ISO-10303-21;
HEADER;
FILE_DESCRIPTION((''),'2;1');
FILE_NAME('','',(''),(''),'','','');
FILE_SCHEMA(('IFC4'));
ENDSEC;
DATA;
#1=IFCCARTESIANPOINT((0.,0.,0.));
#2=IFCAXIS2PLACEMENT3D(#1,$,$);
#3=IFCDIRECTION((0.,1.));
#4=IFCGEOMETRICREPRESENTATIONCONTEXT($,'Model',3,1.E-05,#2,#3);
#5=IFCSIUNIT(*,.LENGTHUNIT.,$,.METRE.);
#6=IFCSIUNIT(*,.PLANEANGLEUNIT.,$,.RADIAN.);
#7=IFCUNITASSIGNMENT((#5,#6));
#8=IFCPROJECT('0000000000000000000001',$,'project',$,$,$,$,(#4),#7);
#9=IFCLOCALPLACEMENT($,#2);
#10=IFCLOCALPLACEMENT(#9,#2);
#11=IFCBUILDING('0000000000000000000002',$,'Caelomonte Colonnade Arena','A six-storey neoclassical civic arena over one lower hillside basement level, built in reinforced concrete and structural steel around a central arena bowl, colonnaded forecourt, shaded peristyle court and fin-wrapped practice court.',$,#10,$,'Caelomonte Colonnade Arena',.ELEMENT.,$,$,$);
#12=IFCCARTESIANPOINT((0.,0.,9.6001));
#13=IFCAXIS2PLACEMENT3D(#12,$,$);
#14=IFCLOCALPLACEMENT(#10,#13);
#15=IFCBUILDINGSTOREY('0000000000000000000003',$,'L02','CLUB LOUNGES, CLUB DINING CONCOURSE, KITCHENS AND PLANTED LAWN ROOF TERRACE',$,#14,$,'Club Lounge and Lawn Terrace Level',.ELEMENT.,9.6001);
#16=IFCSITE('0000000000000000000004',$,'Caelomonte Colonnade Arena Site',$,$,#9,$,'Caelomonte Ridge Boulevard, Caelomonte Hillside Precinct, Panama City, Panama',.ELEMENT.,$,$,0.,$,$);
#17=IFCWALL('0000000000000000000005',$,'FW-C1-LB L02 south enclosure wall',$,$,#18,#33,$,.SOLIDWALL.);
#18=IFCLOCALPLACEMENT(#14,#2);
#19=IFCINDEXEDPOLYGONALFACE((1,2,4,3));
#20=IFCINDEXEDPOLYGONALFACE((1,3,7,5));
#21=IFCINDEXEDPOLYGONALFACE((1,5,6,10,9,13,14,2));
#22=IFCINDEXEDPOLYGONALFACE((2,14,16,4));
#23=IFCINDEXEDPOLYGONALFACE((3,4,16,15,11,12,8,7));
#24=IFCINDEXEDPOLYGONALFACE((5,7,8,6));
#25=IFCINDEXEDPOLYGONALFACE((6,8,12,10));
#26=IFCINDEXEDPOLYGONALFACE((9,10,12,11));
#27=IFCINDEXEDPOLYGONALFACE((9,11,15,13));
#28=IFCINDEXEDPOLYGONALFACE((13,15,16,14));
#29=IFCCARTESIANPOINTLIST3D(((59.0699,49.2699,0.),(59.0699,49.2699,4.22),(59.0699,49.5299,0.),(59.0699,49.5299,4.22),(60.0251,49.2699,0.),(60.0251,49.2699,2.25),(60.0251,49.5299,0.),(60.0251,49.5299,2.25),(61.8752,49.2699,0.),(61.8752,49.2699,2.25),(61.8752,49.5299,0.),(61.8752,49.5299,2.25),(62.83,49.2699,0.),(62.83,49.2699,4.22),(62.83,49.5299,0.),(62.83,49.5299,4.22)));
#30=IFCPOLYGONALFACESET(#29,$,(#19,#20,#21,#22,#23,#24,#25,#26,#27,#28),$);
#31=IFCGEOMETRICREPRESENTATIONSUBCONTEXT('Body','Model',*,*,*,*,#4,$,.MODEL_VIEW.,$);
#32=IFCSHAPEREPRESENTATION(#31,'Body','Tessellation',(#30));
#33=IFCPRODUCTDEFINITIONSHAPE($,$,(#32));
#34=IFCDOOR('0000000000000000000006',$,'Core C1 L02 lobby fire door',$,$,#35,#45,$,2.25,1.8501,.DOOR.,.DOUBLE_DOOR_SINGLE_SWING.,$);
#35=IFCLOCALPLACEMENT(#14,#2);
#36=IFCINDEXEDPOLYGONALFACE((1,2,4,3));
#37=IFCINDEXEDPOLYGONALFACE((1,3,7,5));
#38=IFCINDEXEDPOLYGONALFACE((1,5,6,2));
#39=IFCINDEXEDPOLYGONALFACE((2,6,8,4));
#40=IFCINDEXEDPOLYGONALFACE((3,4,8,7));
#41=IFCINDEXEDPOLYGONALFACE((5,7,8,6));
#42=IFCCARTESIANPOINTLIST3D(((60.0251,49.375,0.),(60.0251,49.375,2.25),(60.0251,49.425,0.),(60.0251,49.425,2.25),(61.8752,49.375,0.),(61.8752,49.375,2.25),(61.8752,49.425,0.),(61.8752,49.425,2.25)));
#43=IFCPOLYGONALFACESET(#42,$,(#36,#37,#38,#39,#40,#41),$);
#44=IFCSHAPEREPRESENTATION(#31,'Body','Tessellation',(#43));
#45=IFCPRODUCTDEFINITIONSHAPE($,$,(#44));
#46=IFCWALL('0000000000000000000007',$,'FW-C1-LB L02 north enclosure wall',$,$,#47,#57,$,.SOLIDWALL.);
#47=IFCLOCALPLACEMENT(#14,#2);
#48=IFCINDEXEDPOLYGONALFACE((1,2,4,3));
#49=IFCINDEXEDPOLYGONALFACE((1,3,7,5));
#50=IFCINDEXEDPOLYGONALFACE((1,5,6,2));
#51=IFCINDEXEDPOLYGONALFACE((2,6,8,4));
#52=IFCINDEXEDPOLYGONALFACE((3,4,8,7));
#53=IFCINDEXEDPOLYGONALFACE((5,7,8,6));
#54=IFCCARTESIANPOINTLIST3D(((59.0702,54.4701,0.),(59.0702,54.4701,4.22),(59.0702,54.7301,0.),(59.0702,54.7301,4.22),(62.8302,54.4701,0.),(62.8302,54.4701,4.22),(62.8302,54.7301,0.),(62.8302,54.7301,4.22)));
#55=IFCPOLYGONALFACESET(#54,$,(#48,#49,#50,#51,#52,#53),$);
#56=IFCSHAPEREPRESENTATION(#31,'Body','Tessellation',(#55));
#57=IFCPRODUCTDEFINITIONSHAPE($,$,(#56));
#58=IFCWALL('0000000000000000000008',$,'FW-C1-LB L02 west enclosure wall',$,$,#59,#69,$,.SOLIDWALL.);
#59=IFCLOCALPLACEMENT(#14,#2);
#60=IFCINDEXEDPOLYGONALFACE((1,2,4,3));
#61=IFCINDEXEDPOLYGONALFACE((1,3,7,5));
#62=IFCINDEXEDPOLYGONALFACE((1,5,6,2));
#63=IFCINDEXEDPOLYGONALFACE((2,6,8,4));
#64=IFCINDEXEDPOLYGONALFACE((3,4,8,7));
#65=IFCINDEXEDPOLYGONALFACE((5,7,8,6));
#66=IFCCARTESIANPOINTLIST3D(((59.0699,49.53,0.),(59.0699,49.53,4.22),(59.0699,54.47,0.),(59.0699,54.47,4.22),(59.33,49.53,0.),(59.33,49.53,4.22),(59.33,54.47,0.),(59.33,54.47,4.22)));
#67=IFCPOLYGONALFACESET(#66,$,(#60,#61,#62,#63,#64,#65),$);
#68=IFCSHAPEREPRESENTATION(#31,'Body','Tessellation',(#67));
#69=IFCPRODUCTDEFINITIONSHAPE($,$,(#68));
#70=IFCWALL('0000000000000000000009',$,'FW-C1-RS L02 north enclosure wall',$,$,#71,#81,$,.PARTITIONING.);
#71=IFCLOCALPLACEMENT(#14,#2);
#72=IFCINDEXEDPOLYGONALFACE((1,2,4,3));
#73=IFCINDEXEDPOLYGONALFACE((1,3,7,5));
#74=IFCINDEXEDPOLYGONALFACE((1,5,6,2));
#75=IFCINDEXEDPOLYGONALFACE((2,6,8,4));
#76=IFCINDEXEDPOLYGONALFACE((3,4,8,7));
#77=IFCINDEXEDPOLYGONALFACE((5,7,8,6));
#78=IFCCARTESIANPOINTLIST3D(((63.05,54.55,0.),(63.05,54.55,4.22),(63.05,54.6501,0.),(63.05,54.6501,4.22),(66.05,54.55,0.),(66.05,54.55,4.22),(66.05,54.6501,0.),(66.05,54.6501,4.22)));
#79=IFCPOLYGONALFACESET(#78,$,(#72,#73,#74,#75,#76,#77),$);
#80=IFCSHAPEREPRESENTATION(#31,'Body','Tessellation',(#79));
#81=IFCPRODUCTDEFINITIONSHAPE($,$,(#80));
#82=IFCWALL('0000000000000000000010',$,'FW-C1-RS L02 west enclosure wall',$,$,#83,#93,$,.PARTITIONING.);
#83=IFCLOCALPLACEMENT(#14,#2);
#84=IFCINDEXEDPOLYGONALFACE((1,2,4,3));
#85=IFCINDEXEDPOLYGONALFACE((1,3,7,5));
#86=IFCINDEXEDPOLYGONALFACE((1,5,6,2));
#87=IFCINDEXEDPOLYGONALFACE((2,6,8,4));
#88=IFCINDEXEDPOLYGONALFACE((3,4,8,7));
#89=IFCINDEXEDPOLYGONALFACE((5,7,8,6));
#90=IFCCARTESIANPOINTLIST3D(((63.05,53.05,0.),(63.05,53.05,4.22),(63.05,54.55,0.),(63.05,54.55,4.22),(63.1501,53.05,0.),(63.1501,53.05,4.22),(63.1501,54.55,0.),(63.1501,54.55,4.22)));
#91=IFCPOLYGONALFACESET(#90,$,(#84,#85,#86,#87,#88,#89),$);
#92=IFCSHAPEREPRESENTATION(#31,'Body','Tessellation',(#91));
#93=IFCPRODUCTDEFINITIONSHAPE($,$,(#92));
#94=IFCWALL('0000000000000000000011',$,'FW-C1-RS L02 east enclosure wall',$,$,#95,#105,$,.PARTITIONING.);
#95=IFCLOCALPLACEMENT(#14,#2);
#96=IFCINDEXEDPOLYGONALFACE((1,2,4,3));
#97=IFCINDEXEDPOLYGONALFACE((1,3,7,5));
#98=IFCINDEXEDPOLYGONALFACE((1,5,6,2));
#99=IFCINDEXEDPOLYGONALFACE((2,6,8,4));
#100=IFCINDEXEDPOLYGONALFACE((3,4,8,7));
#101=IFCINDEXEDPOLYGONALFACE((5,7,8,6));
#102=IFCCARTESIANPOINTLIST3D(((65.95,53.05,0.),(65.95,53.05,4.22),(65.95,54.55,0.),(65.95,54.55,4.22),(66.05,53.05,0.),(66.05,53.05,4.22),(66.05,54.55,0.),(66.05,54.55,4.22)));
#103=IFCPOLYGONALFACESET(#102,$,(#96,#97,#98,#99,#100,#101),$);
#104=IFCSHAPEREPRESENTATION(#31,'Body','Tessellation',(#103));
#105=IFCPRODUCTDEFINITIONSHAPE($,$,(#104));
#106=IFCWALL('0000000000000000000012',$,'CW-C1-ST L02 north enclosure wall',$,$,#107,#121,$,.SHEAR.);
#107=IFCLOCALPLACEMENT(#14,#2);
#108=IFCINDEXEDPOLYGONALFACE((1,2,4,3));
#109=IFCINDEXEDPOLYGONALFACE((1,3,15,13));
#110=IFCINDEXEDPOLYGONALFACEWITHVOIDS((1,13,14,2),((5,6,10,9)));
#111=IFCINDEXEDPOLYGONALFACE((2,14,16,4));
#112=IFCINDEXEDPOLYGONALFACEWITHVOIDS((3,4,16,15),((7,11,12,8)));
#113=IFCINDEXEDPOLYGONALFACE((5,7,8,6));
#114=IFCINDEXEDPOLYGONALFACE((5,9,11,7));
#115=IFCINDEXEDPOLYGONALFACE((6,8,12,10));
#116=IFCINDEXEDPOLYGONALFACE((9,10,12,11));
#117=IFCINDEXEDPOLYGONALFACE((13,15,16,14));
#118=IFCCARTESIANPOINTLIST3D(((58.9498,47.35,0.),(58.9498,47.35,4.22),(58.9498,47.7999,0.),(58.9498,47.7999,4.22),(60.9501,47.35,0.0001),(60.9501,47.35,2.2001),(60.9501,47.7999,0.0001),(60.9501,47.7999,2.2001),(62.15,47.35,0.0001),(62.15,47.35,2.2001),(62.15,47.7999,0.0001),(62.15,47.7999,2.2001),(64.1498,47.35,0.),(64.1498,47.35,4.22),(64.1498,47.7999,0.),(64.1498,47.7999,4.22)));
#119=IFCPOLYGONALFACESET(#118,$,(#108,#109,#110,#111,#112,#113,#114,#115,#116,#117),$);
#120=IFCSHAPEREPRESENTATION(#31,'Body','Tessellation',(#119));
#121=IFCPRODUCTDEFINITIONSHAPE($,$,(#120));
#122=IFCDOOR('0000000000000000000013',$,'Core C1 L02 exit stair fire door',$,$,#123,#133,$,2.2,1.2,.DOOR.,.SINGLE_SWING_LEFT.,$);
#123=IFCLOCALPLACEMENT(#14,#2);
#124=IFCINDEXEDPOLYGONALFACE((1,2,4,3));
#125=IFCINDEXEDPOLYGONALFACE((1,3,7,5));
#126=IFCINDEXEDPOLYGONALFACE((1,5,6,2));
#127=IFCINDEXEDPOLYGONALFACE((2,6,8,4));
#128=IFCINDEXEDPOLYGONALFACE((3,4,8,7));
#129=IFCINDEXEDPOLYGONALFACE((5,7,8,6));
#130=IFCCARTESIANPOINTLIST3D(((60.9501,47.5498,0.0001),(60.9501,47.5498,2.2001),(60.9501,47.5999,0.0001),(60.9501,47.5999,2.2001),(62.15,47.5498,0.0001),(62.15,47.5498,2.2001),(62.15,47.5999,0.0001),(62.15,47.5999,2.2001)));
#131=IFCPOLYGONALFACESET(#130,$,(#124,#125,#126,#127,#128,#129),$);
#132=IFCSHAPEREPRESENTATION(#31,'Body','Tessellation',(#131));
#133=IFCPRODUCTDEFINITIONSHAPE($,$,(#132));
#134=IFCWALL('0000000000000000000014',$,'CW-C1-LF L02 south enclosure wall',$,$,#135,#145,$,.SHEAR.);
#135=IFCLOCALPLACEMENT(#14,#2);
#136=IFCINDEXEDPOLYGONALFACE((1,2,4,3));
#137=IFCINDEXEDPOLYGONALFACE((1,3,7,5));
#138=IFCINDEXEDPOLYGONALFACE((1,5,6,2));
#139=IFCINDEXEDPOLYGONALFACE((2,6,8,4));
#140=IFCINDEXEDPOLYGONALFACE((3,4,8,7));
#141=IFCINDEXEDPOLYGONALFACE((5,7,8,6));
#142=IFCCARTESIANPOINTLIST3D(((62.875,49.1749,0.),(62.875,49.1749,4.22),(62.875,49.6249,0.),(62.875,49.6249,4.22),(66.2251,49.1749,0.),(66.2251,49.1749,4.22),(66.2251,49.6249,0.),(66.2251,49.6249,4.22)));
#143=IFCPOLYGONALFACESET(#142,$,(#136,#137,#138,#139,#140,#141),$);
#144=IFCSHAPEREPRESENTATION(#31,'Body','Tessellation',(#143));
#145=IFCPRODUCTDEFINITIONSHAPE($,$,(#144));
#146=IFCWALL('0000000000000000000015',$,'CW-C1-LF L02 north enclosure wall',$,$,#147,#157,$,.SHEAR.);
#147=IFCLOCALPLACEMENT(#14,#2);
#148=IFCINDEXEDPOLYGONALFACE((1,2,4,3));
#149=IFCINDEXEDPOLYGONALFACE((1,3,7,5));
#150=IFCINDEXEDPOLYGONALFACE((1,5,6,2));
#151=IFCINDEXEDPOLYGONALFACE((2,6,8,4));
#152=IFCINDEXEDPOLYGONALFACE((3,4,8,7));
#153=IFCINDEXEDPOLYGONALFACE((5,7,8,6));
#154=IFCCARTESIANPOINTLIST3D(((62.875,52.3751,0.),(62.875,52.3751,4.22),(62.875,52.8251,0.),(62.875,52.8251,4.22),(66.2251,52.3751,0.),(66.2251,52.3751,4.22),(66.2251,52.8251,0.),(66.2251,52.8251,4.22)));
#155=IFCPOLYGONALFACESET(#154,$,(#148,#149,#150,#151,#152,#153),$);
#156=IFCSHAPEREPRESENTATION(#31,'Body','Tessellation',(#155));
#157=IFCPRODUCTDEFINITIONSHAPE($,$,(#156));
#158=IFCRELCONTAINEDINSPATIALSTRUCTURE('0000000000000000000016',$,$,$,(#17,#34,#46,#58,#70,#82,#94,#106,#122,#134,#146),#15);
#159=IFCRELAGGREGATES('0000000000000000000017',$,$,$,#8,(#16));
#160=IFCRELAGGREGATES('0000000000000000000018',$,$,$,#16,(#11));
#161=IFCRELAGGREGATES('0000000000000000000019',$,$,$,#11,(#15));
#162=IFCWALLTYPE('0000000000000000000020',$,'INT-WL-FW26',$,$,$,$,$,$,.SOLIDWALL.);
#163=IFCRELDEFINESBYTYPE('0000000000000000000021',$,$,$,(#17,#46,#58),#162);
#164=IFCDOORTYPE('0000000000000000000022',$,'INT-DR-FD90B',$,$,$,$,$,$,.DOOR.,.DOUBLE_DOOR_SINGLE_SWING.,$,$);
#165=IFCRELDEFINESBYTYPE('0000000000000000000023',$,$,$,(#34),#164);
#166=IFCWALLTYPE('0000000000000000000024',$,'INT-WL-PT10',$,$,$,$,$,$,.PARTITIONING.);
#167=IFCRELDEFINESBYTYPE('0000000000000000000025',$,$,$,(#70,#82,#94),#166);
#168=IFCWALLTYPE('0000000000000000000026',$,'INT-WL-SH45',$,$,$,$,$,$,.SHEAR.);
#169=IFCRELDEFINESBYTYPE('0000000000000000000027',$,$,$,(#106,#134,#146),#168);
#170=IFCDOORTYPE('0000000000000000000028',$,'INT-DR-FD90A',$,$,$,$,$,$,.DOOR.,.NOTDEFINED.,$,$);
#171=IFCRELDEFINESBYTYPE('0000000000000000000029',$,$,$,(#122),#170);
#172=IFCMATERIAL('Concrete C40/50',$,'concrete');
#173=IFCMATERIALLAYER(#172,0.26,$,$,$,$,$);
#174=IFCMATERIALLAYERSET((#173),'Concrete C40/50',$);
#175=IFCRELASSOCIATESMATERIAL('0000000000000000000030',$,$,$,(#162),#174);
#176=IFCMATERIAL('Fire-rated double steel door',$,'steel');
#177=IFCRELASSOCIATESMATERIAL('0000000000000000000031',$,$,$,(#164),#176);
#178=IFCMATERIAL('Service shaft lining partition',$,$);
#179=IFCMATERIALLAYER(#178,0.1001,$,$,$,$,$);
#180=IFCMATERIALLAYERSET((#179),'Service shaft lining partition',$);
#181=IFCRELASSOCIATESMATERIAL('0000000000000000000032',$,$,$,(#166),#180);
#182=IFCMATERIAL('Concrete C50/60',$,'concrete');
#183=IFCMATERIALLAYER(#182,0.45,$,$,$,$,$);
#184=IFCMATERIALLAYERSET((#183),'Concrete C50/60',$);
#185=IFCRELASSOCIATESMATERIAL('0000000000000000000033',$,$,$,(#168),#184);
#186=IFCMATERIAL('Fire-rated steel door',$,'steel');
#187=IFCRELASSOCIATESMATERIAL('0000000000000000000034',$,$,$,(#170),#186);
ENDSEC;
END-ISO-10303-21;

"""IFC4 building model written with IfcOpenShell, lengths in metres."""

from ifc_helpers import new_model, si_unit, direction, frame, frame_2d, origin, place, context, subcontext, project, spatial, rectangle, extrude, material, layer, layer_set, type_object, element, fill, save


model = new_model("IFC4")

# Units and contexts
model_context = context("Model", 3, precision=1e-05, world=origin(), true_north=direction((0.0, 1.0)))
body_context = subcontext(model_context, "Body", "Model", "MODEL_VIEW")
ifc_project = project(units=[si_unit("LENGTHUNIT", "METRE"), si_unit("PLANEANGLEUNIT", "RADIAN")], contexts=[model_context])

# Site, building, storey
site_placement = place(None, origin())
site = spatial("IfcSite", under=ifc_project, at=site_placement, Name="Caelomonte Colonnade Arena Site", LongName="Caelomonte Ridge Boulevard, Caelomonte Hillside Precinct, Panama City, Panama", CompositionType="ELEMENT", RefElevation=0.0)
building_placement = place(site_placement, origin())
building = spatial("IfcBuilding", under=site, at=building_placement, Name="Caelomonte Colonnade Arena", Description="A six-storey neoclassical civic arena over one lower hillside basement level, built in reinforced concrete and structural steel around a central arena bowl, colonnaded forecourt, shaded peristyle court and fin-wrapped practice court.", LongName="Caelomonte Colonnade Arena", CompositionType="ELEMENT")
storey_placement = place(building_placement, frame((0.0, 0.0, 9.6001)))
storey = spatial("IfcBuildingStorey", under=building, at=storey_placement, Name="L02", Description="CLUB LOUNGES, CLUB DINING CONCOURSE, KITCHENS AND PLANTED LAWN ROOF TERRACE", LongName="Club Lounge and Lawn Terrace Level", CompositionType="ELEMENT", Elevation=9.6001)

# Shared definitions
ifc_material_1 = material(Name="Concrete C50/60", Category="concrete")

# Wall, opening, door
ifc_material_2 = material(Name="Concrete C40/50", Category="concrete")
ifc_layer_1 = layer(ifc_material_2, 0.26)
ifc_layer_set_1 = layer_set([ifc_layer_1], Name="Concrete C40/50")
wall_type_1 = type_object("IfcWallType", Name="INT-WL-FW26", PredefinedType="SOLIDWALL", material=ifc_layer_set_1)
wall_1_placement = place(storey_placement, frame((59.0701, 49.3999, 0.0), z_axis=(0.0, 0.0, 1.0), x_axis=(1.0, 0.0, 0.0)))
wall_1 = element("IfcWall", 1, at=wall_1_placement, inside=storey, type_object=wall_type_1, Name="FW-C1-LB L02 south enclosure wall", PredefinedType="SOLIDWALL", context=body_context, shape_type="SweptSolid", body=[
    extrude(rectangle(XDim=3.76, YDim=0.26, at=frame_2d((1.8799, 0.0))), origin(), (0.0, 0.0, 1.0), 4.22),
])
opening_1_placement = place(wall_1_placement, frame((2.8052, 0.0, 0.0), z_axis=(0.0, 0.0, 1.0), x_axis=(-1.0, 0.0, 0.0)))
opening_1 = element("IfcOpeningElement", 2, at=opening_1_placement, cuts=wall_1, PredefinedType="OPENING", context=body_context, shape_type="SweptSolid", body=[
    extrude(rectangle(XDim=1.8501, YDim=2.25, at=frame_2d((0.925, 1.125))), frame((0.0, 0.1399, 0.0), z_axis=(0.0, -1.0, 0.0), x_axis=(1.0, 0.0, 0.0)), (0.0, 0.0, 1.0), 0.28),
])
ifc_material_3 = material(Name="Fire-rated double steel door", Category="steel")
door_type_1 = type_object("IfcDoorType", Name="INT-DR-FD90B", OperationType="DOUBLE_DOOR_SINGLE_SWING", PredefinedType="DOOR", material=ifc_material_3)
door_1_placement = place(opening_1_placement, origin())
door_1 = element("IfcDoor", 3, at=door_1_placement, inside=storey, type_object=door_type_1, Name="Core C1 L02 lobby fire door", OperationType="DOUBLE_DOOR_SINGLE_SWING", OverallHeight=2.25, OverallWidth=1.8501, PredefinedType="DOOR", context=body_context, shape_type="SweptSolid", body=[
    extrude(rectangle(XDim=1.8501, YDim=2.25, at=frame_2d((0.925, 1.125))), frame((0.0, 0.0249, 0.0), z_axis=(0.0, -1.0, 0.0), x_axis=(1.0, 0.0, 0.0)), (0.0, 0.0, 1.0), 0.05),
])
fill(opening_1, door_1)

# Walls
wall_2_placement = place(storey_placement, frame((62.8301, 54.6001, 0.0), z_axis=(0.0, 0.0, 1.0), x_axis=(-1.0, 0.0, 0.0)))
element("IfcWall", 4, at=wall_2_placement, inside=storey, type_object=wall_type_1, Name="FW-C1-LB L02 north enclosure wall", PredefinedType="SOLIDWALL", context=body_context, shape_type="SweptSolid", body=[
    extrude(rectangle(XDim=3.76, YDim=0.26, at=frame_2d((1.8799, 0.0))), origin(), (0.0, 0.0, 1.0), 4.22),
])
wall_3_placement = place(storey_placement, frame((59.2, 54.47, 0.0), z_axis=(0.0, 0.0, 1.0), x_axis=(0.0, -1.0, 0.0)))
element("IfcWall", 5, at=wall_3_placement, inside=storey, type_object=wall_type_1, Name="FW-C1-LB L02 west enclosure wall", PredefinedType="SOLIDWALL", context=body_context, shape_type="SweptSolid", body=[
    extrude(rectangle(XDim=4.9399, YDim=0.26, at=frame_2d((2.47, 0.0))), origin(), (0.0, 0.0, 1.0), 4.22),
])
ifc_material_4 = material(Name="Service shaft lining partition")
ifc_layer_2 = layer(ifc_material_4, 0.1001)
ifc_layer_set_2 = layer_set([ifc_layer_2], Name="Service shaft lining partition")
wall_type_2 = type_object("IfcWallType", Name="INT-WL-PT10", PredefinedType="PARTITIONING", material=ifc_layer_set_2)
wall_4_placement = place(storey_placement, frame((66.05, 54.6001, 0.0), z_axis=(0.0, 0.0, 1.0), x_axis=(-1.0, 0.0, 0.0)))
element("IfcWall", 6, at=wall_4_placement, inside=storey, type_object=wall_type_2, Name="FW-C1-RS L02 north enclosure wall", PredefinedType="PARTITIONING", context=body_context, shape_type="SweptSolid", body=[
    extrude(rectangle(XDim=3.0, YDim=0.1001, at=frame_2d((1.5, 0.0))), origin(), (0.0, 0.0, 1.0), 4.22),
])
for number, where, z_axis, x_axis, name in (
    (7, (63.1001, 54.55, 0.0), (0.0, 0.0, 1.0), (0.0, -1.0, 0.0), "FW-C1-RS L02 west enclosure wall"),
    (8, (66.0, 53.05, 0.0), (0.0, 0.0, 1.0), (0.0, 1.0, 0.0), "FW-C1-RS L02 east enclosure wall"),
):
    element("IfcWall", number, at=place(storey_placement, frame(where, z_axis=z_axis, x_axis=x_axis)), inside=storey, type_object=wall_type_2, Name=name, PredefinedType="PARTITIONING", context=body_context, shape_type="SweptSolid", body=[
        extrude(rectangle(XDim=1.5, YDim=0.1001, at=frame_2d((0.75, 0.0))), origin(), (0.0, 0.0, 1.0), 4.22),
    ])

# Wall, opening, door
ifc_layer_3 = layer(ifc_material_1, 0.45)
ifc_layer_set_3 = layer_set([ifc_layer_3], Name="Concrete C50/60")
wall_type_3 = type_object("IfcWallType", Name="INT-WL-SH45", PredefinedType="SHEAR", material=ifc_layer_set_3)
wall_5_placement = place(storey_placement, frame((64.1499, 47.575, 0.0), z_axis=(0.0, 0.0, 1.0), x_axis=(-1.0, 0.0, 0.0)))
wall_5 = element("IfcWall", 9, at=wall_5_placement, inside=storey, type_object=wall_type_3, Name="CW-C1-ST L02 north enclosure wall", PredefinedType="SHEAR", context=body_context, shape_type="SweptSolid", body=[
    extrude(rectangle(XDim=5.2, YDim=0.45, at=frame_2d((2.6001, 0.0))), origin(), (0.0, 0.0, 1.0), 4.22),
])
opening_2_placement = place(wall_5_placement, frame((3.2, 0.0, 0.0), z_axis=(0.0, 0.0, 1.0), x_axis=(-1.0, 0.0, 0.0)))
opening_2 = element("IfcOpeningElement", 10, at=opening_2_placement, cuts=wall_5, PredefinedType="OPENING", context=body_context, shape_type="SweptSolid", body=[
    extrude(rectangle(XDim=1.2, YDim=2.2, at=frame_2d((0.6001, 1.1001))), frame((0.0, 0.2349, 0.0), z_axis=(0.0, -1.0, 0.0), x_axis=(1.0, 0.0, 0.0)), (0.0, 0.0, 1.0), 0.47),
])
ifc_material_5 = material(Name="Fire-rated steel door", Category="steel")
door_type_2 = type_object("IfcDoorType", Name="INT-DR-FD90A", OperationType="NOTDEFINED", PredefinedType="DOOR", material=ifc_material_5)
door_2_placement = place(opening_2_placement, origin())
door_2 = element("IfcDoor", 11, at=door_2_placement, inside=storey, type_object=door_type_2, Name="Core C1 L02 exit stair fire door", OperationType="SINGLE_SWING_LEFT", OverallHeight=2.2, OverallWidth=1.2, PredefinedType="DOOR", context=body_context, shape_type="SweptSolid", body=[
    extrude(rectangle(XDim=1.2, YDim=2.2, at=frame_2d((0.6001, 1.1001))), frame((0.0, 0.0249, 0.0), z_axis=(0.0, -1.0, 0.0), x_axis=(1.0, 0.0, 0.0)), (0.0, 0.0, 1.0), 0.05),
])
fill(opening_2, door_2)

# Walls
for number, where, z_axis, x_axis, name in (
    (12, (62.875, 49.3999, 0.0), (0.0, 0.0, 1.0), (1.0, 0.0, 0.0), "CW-C1-LF L02 south enclosure wall"),
    (13, (66.2251, 52.6001, 0.0), (0.0, 0.0, 1.0), (-1.0, 0.0, 0.0), "CW-C1-LF L02 north enclosure wall"),
):
    element("IfcWall", number, at=place(storey_placement, frame(where, z_axis=z_axis, x_axis=x_axis)), inside=storey, type_object=wall_type_3, Name=name, PredefinedType="SHEAR", context=body_context, shape_type="SweptSolid", body=[
        extrude(rectangle(XDim=3.3501, YDim=0.45, at=frame_2d((1.675, 0.0))), origin(), (0.0, 0.0, 1.0), 4.22),
    ])

save(model, "model.ifc")
